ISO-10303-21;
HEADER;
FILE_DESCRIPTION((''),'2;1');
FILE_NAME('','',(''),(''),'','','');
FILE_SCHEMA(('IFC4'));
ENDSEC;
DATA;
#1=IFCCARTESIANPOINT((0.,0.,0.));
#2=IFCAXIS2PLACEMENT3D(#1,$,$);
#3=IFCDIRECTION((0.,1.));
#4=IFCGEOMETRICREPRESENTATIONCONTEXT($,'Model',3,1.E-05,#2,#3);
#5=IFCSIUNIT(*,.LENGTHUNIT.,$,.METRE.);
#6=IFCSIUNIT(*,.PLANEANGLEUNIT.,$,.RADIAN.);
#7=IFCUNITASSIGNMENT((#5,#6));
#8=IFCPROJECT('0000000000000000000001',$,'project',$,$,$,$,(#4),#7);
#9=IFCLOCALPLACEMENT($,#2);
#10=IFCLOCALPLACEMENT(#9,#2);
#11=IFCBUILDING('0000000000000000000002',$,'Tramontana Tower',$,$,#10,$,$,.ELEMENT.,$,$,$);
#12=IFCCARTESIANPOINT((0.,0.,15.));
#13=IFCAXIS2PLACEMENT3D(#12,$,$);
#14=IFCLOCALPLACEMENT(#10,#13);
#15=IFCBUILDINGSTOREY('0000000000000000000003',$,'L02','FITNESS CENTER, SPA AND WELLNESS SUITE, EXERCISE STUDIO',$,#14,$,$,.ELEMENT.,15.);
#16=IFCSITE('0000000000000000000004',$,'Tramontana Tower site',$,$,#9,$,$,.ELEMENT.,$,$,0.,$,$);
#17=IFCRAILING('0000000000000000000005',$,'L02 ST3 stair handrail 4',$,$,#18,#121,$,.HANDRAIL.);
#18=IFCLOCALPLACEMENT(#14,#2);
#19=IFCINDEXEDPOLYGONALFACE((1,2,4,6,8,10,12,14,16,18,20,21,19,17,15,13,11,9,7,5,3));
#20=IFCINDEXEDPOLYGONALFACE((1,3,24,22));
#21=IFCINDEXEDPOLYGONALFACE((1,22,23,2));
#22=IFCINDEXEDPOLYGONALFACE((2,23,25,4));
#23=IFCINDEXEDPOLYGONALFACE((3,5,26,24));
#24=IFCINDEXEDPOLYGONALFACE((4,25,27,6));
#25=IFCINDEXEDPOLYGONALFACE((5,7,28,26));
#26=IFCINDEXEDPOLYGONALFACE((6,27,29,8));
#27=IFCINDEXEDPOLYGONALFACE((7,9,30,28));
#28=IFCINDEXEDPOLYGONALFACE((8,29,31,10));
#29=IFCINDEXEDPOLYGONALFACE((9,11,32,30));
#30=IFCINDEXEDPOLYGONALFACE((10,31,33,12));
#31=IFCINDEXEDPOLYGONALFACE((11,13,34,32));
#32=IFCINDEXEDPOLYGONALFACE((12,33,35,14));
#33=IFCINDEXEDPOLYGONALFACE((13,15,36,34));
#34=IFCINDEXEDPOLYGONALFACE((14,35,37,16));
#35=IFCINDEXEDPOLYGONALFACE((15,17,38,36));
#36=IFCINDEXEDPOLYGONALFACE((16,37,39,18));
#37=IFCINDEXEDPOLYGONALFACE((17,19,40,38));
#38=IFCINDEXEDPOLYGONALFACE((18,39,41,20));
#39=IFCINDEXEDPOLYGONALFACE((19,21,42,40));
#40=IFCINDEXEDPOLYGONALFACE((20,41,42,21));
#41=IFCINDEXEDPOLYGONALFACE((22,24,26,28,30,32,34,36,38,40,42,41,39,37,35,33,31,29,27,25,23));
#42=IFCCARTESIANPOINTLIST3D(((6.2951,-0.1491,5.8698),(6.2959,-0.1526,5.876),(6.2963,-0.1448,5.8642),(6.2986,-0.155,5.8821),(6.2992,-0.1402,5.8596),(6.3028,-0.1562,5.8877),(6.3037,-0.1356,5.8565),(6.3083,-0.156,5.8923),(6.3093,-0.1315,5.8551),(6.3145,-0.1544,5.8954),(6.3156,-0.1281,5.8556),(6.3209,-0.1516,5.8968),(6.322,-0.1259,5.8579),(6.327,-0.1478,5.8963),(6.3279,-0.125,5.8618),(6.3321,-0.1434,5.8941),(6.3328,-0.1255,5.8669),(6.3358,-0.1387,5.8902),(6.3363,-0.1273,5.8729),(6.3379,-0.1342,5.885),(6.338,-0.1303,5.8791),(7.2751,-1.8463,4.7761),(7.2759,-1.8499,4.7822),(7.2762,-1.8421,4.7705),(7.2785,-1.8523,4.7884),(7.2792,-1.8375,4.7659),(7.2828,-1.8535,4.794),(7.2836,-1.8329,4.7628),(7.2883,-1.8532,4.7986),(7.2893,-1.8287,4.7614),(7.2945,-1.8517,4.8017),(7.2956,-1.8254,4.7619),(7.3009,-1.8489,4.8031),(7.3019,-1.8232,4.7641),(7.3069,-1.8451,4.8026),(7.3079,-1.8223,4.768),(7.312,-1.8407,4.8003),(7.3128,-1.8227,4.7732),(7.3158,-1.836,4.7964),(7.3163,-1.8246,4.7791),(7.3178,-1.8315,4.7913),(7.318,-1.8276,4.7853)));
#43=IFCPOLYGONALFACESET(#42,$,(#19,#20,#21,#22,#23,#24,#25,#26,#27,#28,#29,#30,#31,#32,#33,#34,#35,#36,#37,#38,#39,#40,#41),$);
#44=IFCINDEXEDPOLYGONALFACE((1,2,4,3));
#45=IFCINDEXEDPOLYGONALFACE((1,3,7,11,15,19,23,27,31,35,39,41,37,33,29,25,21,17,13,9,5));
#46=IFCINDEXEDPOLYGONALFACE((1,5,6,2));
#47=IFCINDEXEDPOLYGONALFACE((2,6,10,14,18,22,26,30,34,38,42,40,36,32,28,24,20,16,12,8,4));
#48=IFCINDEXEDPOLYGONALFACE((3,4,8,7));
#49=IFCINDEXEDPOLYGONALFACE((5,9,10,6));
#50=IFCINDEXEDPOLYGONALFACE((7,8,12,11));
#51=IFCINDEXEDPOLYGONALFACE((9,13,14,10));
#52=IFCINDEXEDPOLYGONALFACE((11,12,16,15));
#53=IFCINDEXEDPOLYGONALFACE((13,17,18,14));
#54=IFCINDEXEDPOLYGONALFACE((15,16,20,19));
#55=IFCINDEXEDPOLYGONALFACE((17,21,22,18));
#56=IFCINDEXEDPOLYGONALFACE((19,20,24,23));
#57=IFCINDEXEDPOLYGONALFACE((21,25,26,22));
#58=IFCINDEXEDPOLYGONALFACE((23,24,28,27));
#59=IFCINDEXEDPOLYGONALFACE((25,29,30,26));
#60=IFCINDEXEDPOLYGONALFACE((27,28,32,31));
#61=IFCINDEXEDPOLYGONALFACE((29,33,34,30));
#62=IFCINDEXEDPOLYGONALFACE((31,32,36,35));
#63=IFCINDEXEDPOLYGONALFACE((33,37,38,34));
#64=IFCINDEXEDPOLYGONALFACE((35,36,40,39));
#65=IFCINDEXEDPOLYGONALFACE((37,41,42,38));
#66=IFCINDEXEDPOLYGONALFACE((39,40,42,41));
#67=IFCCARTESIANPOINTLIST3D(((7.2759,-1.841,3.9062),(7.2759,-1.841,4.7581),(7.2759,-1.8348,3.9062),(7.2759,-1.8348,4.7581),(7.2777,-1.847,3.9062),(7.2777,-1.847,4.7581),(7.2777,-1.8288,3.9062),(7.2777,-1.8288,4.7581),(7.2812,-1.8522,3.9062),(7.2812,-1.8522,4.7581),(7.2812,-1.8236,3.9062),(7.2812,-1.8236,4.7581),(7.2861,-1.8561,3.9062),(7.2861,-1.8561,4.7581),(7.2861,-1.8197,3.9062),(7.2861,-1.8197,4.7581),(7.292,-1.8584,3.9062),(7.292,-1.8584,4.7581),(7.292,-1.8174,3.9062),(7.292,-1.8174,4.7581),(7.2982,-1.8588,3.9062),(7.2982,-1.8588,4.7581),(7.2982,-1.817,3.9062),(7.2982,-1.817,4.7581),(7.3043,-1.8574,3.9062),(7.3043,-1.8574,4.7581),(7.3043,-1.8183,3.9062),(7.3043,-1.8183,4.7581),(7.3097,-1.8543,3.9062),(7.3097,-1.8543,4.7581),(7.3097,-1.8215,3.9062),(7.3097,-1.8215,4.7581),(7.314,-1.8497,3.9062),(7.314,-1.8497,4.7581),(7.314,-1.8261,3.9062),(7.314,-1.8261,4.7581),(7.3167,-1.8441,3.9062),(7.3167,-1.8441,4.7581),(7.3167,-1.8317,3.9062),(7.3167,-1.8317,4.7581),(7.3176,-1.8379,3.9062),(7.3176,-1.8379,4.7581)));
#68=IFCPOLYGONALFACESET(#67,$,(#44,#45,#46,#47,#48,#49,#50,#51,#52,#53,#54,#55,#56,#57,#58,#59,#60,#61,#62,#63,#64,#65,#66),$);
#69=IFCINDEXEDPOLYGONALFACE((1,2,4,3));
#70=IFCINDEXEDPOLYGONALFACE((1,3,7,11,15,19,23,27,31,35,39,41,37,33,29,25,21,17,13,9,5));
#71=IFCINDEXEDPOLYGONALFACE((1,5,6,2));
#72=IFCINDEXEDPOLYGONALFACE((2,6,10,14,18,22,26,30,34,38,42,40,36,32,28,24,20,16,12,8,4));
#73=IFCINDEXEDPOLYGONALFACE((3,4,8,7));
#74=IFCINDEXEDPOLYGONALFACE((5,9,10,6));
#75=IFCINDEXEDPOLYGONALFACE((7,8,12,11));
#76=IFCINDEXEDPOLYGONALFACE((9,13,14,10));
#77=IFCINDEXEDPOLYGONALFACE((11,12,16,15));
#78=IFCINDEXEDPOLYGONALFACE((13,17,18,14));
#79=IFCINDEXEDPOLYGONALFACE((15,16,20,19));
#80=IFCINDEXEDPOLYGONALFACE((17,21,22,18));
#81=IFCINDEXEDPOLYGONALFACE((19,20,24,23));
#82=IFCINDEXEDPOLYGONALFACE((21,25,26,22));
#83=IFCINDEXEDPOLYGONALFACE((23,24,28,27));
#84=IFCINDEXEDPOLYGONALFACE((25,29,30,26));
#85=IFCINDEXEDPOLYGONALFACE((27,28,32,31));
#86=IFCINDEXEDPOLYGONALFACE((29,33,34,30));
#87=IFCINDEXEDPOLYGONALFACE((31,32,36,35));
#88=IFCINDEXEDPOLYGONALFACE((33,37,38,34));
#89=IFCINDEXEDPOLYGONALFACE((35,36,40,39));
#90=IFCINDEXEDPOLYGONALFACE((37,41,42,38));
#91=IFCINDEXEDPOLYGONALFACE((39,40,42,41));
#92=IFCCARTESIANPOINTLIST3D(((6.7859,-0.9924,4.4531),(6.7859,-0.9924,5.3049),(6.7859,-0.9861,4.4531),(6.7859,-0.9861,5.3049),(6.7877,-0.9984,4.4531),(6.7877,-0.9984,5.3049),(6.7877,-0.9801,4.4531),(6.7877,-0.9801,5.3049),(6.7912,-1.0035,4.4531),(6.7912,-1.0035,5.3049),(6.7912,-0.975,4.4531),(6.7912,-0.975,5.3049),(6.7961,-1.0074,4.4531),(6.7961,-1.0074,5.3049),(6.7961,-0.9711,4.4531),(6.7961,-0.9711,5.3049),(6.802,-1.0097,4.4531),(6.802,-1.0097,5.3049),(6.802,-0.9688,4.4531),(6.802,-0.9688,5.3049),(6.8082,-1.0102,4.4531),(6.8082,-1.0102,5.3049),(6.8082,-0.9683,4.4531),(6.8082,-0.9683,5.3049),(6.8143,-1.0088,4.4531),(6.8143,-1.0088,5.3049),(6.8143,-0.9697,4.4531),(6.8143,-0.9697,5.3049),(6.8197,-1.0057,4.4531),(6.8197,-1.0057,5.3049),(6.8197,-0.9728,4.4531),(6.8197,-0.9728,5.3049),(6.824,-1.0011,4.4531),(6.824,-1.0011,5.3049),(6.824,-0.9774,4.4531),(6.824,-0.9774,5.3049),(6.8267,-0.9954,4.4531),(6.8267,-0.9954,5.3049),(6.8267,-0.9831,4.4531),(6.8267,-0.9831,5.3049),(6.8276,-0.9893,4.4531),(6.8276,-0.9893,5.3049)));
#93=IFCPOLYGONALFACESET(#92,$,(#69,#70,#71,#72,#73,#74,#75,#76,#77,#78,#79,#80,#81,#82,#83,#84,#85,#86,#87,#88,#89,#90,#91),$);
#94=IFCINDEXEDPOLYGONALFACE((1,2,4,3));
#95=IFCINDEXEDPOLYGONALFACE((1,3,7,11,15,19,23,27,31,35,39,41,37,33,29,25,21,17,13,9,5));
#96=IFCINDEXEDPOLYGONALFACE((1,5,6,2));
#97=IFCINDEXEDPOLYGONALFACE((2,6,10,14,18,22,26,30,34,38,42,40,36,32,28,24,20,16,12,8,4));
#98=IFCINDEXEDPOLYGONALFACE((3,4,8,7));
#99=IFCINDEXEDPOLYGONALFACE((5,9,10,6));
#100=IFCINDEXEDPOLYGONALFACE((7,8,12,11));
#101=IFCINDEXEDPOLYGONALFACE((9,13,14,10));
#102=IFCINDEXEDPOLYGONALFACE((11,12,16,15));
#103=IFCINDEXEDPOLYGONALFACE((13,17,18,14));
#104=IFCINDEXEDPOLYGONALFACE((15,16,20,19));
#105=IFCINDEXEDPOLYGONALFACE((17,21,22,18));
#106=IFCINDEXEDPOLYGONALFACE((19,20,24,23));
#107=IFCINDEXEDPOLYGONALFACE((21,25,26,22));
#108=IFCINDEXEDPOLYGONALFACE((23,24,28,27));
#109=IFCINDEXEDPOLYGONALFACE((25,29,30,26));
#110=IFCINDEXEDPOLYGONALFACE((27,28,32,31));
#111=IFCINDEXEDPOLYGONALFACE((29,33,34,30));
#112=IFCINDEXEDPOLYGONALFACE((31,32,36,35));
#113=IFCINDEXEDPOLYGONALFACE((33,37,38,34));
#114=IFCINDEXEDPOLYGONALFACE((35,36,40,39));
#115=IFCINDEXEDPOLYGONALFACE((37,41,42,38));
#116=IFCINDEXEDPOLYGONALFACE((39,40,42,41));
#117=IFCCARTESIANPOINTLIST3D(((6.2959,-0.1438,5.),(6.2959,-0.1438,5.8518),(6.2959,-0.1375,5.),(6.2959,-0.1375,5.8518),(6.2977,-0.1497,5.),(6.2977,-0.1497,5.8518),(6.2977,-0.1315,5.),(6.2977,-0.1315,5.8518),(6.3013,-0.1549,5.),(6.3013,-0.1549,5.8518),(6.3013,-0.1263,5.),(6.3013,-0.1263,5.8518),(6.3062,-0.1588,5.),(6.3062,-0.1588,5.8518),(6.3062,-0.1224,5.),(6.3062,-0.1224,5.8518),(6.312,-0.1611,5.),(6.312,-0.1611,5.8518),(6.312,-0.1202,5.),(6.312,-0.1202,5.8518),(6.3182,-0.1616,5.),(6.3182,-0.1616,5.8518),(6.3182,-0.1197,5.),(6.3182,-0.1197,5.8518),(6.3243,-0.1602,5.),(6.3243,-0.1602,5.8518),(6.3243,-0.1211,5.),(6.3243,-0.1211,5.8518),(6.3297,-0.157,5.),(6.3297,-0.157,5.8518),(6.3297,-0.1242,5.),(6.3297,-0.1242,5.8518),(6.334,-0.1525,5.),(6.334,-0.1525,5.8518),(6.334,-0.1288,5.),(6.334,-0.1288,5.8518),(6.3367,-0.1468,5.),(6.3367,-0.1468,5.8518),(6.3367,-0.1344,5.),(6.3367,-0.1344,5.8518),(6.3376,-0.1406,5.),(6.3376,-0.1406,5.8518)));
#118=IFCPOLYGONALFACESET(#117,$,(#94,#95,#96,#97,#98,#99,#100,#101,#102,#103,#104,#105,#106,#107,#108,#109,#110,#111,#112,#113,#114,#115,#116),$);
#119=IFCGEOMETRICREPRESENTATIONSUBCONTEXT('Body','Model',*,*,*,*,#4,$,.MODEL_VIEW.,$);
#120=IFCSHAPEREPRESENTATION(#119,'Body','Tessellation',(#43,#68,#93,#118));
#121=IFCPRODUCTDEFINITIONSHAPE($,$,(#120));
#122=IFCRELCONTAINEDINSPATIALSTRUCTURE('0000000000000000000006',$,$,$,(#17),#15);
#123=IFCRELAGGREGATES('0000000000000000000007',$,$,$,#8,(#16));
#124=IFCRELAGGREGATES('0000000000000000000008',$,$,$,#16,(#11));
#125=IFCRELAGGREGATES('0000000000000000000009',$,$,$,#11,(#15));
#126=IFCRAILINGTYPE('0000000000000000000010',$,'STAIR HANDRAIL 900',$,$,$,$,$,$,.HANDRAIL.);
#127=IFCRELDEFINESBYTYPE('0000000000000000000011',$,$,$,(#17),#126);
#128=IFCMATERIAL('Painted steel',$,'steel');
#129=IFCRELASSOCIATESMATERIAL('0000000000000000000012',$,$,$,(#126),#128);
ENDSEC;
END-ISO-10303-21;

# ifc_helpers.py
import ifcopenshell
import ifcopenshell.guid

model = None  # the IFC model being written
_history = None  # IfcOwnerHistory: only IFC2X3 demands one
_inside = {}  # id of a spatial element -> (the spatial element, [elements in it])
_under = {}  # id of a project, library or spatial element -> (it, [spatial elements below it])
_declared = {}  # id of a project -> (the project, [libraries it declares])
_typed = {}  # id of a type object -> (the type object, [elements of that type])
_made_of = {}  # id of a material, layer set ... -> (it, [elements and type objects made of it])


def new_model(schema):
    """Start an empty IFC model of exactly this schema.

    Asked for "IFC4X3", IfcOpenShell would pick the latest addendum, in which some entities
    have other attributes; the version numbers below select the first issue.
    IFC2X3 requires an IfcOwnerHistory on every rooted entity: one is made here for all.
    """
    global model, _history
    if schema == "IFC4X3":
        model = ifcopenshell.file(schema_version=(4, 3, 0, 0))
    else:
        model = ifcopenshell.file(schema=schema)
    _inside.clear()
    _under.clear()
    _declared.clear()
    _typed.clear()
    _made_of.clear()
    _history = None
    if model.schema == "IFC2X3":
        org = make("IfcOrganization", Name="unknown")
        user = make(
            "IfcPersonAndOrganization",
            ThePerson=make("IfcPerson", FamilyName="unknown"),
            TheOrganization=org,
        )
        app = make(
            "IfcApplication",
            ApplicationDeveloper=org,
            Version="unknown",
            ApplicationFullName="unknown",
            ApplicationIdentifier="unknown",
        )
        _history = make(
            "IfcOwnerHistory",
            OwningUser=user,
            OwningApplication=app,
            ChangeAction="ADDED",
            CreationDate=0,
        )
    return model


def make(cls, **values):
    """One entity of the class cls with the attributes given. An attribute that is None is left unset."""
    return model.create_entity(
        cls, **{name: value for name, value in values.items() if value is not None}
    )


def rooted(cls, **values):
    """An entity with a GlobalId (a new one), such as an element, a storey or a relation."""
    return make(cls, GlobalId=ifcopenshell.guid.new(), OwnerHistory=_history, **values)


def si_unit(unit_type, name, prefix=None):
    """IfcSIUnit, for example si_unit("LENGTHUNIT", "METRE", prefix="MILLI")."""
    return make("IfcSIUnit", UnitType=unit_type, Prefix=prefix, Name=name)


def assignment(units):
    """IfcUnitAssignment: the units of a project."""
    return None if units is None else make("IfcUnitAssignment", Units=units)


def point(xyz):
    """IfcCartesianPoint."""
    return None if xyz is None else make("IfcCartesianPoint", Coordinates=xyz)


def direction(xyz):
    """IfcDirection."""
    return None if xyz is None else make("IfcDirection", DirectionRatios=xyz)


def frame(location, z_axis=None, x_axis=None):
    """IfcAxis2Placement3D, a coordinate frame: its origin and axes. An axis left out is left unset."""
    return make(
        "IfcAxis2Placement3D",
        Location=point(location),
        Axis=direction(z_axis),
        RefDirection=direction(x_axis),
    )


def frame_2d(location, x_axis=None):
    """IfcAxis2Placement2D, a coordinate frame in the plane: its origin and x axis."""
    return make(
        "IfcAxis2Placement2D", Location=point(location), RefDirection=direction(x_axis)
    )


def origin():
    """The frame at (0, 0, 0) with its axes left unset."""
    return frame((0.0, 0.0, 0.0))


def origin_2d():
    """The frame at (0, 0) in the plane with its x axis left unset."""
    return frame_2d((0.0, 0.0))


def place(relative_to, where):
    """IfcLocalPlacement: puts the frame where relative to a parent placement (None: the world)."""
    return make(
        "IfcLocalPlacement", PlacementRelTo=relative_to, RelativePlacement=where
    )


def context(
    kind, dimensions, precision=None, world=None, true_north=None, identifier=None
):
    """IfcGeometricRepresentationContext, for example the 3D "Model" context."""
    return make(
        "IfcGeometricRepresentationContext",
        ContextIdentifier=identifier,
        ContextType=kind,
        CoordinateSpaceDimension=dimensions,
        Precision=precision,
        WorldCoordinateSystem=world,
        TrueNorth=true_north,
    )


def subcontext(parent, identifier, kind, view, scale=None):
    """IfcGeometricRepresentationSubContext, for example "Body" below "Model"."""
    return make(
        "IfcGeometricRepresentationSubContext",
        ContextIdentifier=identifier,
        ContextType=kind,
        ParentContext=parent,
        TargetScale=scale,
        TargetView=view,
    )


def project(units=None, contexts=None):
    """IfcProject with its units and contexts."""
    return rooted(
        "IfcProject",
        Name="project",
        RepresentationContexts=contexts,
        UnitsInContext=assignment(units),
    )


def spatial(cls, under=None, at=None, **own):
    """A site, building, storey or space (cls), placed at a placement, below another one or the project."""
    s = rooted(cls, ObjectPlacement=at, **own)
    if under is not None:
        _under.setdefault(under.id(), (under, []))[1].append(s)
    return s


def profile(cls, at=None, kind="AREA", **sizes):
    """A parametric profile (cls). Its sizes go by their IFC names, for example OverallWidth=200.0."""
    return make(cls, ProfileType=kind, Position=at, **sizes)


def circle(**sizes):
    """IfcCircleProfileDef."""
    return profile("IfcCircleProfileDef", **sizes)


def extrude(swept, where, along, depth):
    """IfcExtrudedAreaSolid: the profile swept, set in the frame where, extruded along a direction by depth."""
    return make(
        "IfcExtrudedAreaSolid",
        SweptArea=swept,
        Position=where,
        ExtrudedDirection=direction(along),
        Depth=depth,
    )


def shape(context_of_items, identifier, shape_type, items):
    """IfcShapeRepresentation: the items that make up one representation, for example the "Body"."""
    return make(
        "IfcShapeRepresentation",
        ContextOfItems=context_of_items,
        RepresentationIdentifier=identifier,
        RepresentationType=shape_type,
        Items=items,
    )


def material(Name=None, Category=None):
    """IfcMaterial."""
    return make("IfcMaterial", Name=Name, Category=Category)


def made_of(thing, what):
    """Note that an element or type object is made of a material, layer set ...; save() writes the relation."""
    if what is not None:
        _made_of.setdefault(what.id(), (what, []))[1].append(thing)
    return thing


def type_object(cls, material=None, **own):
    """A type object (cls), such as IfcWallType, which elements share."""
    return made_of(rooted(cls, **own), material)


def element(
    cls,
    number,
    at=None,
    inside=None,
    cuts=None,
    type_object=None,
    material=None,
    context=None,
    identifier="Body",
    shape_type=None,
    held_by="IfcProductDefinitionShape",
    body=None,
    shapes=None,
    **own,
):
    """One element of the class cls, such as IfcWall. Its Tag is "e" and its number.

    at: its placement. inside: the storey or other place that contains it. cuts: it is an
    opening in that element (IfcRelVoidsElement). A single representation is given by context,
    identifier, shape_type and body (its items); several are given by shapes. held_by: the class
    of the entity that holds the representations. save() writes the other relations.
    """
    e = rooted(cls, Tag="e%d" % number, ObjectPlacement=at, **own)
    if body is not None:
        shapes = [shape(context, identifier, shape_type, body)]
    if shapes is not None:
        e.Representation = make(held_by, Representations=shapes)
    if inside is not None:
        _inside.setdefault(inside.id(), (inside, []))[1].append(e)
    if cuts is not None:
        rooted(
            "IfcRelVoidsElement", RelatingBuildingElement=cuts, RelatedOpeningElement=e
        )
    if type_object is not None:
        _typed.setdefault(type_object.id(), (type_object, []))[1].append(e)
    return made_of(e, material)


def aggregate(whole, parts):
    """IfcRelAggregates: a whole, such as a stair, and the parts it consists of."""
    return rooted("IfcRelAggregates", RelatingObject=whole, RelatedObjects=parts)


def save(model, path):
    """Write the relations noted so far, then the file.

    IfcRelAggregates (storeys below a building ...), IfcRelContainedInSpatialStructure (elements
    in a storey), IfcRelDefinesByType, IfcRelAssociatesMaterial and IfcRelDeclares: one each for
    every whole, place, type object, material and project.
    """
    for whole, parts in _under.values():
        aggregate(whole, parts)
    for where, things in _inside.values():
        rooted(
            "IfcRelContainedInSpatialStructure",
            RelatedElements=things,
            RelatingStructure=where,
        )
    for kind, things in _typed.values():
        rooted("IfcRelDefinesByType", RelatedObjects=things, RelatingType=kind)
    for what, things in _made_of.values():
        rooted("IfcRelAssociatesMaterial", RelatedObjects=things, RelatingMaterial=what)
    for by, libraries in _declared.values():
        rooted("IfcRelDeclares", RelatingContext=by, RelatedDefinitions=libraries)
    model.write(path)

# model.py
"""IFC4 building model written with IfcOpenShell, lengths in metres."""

from ifc_helpers import new_model, si_unit, direction, frame, origin, origin_2d, place, context, subcontext, project, spatial, circle, extrude, material, type_object, element, save


model = new_model("IFC4")

# Units and contexts
model_context = context("Model", 3, precision=1e-05, world=origin(), true_north=direction((0.0, 1.0)))
body_context = subcontext(model_context, "Body", "Model", "MODEL_VIEW")
ifc_project = project(units=[si_unit("LENGTHUNIT", "METRE"), si_unit("PLANEANGLEUNIT", "RADIAN")], contexts=[model_context])

# Site, building, storey
site_placement = place(None, origin())
site = spatial("IfcSite", under=ifc_project, at=site_placement, Name="Tramontana Tower site", CompositionType="ELEMENT", RefElevation=0.0)
building_placement = place(site_placement, origin())
building = spatial("IfcBuilding", under=site, at=building_placement, Name="Tramontana Tower", CompositionType="ELEMENT")
storey_placement = place(building_placement, frame((0.0, 0.0, 15.0)))
storey = spatial("IfcBuildingStorey", under=building, at=storey_placement, Name="L02", Description="FITNESS CENTER, SPA AND WELLNESS SUITE, EXERCISE STUDIO", CompositionType="ELEMENT", Elevation=15.0)

# Railing
ifc_material_1 = material(Name="Painted steel", Category="steel")
railing_type_1 = type_object("IfcRailingType", Name="STAIR HANDRAIL 900", PredefinedType="HANDRAIL", material=ifc_material_1)
railing_1_placement = place(storey_placement, frame((7.2966, -1.8379, 3.9062)))
element("IfcRailing", 1, at=railing_1_placement, inside=storey, type_object=railing_type_1, Name="L02 ST3 stair handrail 4", PredefinedType="HANDRAIL", context=body_context, shape_type="SweptSolid", body=[
    extrude(circle(Radius=0.0239, at=origin_2d()), frame((0.0, 0.0, 0.876), z_axis=(-0.436632, 0.75622, 0.487323), x_axis=(-0.866011, -0.500024, 0.0)), (0.0, 0.0, 1.0), 2.2444),
    extrude(circle(Radius=0.021, at=origin_2d()), origin(), (0.0, 0.0, 1.0), 0.8518),
    extrude(circle(Radius=0.021, at=origin_2d()), frame((-0.49, 0.8486, 0.5469)), (0.0, 0.0, 1.0), 0.8518),
    extrude(circle(Radius=0.021, at=origin_2d()), frame((-0.98, 1.6973, 1.0938)), (0.0, 0.0, 1.0), 0.8518),
])

save(model, "model.ifc")
